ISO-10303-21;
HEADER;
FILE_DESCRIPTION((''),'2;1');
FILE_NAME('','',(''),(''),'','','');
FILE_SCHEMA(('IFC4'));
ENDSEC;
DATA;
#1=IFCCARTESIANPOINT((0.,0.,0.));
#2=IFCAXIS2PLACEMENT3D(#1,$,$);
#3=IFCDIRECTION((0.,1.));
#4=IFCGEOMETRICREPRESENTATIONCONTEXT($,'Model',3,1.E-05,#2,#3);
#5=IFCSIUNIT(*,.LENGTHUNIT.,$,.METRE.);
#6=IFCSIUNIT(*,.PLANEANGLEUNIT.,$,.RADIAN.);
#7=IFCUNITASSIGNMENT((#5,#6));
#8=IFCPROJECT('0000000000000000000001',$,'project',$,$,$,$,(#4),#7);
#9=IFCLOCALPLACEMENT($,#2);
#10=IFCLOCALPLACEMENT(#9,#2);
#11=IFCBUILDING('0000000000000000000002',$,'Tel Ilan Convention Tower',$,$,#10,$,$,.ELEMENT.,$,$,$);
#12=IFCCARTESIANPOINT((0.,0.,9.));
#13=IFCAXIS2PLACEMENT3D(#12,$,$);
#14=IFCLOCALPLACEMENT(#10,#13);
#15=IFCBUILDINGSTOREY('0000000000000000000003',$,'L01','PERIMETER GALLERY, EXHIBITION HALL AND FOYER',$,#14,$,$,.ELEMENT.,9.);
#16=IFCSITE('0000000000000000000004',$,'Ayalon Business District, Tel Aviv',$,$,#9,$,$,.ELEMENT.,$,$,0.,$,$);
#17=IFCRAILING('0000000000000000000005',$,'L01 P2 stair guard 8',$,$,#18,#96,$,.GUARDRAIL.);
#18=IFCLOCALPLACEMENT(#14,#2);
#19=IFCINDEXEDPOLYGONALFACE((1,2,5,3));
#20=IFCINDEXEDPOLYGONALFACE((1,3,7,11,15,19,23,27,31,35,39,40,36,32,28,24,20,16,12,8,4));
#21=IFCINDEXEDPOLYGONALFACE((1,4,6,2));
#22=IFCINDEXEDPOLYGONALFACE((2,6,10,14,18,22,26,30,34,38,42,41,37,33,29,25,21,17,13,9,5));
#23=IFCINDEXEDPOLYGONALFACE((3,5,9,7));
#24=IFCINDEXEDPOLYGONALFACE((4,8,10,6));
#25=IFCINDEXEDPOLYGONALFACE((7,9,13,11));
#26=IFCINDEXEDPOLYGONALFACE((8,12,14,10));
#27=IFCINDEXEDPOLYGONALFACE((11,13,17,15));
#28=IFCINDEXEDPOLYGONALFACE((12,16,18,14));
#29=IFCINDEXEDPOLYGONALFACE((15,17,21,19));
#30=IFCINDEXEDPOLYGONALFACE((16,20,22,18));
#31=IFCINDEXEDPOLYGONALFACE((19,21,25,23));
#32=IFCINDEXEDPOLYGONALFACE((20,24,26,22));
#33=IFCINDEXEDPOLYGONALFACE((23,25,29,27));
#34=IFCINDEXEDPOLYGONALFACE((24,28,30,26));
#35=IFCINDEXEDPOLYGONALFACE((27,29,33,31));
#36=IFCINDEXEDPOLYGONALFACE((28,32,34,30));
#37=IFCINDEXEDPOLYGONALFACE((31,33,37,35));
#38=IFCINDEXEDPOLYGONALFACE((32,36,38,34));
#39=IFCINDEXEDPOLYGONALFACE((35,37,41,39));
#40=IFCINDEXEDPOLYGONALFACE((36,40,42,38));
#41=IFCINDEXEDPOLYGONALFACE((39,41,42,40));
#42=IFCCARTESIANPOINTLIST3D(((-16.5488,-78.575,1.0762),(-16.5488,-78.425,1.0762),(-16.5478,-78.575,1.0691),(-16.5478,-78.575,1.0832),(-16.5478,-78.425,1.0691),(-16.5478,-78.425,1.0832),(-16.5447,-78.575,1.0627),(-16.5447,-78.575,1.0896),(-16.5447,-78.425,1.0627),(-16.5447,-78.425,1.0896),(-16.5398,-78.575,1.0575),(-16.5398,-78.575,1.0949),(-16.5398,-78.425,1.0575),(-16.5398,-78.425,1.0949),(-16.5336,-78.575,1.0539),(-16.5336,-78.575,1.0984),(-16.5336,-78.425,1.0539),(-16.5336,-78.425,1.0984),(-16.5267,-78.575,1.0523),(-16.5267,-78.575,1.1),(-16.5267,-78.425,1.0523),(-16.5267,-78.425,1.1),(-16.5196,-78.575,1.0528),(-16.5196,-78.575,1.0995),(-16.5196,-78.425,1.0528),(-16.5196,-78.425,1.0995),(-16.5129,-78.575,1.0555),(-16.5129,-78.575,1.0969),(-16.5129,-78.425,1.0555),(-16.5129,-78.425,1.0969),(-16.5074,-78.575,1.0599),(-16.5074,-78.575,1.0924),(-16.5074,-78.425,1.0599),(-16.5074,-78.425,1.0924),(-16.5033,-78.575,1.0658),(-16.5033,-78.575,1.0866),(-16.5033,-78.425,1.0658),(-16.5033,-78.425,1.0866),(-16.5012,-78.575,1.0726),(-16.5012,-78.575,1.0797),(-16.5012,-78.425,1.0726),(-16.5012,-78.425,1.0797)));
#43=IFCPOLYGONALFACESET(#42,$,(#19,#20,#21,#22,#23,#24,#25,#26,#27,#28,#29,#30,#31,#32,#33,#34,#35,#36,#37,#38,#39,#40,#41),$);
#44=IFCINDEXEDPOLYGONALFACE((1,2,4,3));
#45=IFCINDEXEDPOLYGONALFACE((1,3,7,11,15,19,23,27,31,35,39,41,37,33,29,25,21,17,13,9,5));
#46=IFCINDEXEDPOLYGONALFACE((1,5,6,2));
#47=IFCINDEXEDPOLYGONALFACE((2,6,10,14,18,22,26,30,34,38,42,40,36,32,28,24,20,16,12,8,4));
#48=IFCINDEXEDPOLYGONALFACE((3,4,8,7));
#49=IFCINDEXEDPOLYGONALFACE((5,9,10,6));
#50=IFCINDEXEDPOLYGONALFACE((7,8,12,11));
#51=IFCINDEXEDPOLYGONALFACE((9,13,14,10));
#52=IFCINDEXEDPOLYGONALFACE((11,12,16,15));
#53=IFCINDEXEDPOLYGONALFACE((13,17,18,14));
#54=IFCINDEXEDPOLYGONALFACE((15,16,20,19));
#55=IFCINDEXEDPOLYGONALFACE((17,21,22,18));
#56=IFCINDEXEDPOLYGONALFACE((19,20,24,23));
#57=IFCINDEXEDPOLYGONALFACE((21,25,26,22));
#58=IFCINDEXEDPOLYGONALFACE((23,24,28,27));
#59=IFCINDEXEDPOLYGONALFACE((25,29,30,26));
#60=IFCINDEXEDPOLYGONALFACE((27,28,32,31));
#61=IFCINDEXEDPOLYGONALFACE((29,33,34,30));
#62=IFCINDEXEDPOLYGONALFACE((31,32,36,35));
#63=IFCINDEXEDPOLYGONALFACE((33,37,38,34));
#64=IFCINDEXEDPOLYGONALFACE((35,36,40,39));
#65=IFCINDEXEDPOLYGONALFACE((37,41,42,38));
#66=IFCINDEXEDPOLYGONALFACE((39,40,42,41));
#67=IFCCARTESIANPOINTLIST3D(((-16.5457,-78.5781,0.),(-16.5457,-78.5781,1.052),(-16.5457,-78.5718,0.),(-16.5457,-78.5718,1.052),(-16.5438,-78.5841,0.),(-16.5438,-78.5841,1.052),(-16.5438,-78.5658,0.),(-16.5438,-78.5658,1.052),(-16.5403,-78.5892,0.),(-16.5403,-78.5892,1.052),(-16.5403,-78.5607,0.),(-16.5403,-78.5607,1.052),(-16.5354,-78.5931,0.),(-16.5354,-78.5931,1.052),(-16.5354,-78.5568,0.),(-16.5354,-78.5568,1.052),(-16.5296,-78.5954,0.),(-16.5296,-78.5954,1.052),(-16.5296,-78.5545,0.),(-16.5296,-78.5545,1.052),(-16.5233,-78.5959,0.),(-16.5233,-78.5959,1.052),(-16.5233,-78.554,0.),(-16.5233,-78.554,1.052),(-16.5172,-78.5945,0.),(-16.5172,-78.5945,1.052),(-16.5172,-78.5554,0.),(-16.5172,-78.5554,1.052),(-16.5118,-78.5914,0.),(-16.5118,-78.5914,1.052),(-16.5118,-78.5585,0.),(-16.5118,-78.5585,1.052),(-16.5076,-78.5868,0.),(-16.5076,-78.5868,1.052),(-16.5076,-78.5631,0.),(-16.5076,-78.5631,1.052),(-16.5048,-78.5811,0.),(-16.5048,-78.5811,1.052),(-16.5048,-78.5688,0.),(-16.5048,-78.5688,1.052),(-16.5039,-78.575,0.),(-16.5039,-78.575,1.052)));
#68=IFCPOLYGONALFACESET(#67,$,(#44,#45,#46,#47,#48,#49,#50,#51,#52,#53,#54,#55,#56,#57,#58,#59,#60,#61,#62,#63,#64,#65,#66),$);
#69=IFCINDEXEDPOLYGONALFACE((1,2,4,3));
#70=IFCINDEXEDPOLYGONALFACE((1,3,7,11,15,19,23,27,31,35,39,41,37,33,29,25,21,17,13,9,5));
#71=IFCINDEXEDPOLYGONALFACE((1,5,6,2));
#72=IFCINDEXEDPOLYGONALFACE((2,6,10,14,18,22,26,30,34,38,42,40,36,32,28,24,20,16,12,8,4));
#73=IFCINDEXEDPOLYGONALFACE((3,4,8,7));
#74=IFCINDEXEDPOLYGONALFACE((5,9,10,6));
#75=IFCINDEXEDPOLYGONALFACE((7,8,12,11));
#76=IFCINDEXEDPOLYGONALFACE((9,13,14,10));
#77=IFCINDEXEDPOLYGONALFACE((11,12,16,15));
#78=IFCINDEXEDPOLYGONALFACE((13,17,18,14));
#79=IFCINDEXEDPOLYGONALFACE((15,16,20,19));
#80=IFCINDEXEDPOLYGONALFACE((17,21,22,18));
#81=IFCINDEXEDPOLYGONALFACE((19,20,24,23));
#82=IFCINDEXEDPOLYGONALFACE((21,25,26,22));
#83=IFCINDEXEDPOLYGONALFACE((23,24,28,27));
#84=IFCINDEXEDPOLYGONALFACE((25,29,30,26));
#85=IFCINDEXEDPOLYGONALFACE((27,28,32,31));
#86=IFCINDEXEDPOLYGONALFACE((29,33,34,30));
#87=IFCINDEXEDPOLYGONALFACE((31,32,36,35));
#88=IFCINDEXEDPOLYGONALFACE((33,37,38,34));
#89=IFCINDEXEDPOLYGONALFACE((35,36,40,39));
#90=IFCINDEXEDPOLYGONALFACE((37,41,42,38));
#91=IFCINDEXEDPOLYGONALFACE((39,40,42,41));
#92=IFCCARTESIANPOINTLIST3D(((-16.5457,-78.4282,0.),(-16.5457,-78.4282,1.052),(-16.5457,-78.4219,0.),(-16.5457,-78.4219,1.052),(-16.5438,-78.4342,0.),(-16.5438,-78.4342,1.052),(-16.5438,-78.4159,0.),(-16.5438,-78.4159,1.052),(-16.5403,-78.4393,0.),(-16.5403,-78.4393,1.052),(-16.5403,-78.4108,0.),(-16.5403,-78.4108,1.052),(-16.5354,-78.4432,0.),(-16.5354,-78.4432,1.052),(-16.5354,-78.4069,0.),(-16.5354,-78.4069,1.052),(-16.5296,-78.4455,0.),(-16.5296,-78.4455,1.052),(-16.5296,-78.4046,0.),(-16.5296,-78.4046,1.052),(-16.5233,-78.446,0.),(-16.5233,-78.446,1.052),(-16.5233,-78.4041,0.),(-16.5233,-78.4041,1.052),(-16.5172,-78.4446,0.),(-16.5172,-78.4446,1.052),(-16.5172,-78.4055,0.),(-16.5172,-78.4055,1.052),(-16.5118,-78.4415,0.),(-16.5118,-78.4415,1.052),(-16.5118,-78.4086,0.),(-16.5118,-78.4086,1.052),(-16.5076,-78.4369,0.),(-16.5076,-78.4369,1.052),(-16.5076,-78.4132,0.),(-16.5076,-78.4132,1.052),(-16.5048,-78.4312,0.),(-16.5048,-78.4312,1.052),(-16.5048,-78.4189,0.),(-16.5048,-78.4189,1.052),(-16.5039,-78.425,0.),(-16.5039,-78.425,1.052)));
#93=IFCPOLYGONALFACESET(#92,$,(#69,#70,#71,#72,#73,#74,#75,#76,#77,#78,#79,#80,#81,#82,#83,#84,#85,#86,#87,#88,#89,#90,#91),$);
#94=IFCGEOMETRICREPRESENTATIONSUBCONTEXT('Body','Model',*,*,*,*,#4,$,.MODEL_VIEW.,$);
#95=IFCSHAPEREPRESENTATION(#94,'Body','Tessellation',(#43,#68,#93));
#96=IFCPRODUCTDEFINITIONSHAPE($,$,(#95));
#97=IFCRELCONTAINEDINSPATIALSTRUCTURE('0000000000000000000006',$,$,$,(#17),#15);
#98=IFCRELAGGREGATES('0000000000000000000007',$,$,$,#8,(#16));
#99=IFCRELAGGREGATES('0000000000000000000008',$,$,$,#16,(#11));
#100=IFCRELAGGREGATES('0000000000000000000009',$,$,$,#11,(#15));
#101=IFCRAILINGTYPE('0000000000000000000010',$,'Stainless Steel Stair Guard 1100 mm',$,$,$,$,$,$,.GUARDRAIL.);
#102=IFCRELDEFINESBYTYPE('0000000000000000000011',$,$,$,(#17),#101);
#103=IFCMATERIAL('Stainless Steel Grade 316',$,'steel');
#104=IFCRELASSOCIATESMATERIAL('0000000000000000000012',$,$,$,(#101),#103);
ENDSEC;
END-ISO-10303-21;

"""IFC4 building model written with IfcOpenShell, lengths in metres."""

from ifc_helpers import new_model, si_unit, direction, frame, origin, origin_2d, place, context, subcontext, project, spatial, circle, extrude, material, type_object, element, save


model = new_model("IFC4")

# Units and contexts
model_context = context("Model", 3, precision=1e-05, world=origin(), true_north=direction((0.0, 1.0)))
body_context = subcontext(model_context, "Body", "Model", "MODEL_VIEW")
ifc_project = project(units=[si_unit("LENGTHUNIT", "METRE"), si_unit("PLANEANGLEUNIT", "RADIAN")], contexts=[model_context])

# Site, building, storey
site_placement = place(None, origin())
site = spatial("IfcSite", under=ifc_project, at=site_placement, Name="Ayalon Business District, Tel Aviv", CompositionType="ELEMENT", RefElevation=0.0)
building_placement = place(site_placement, origin())
building = spatial("IfcBuilding", under=site, at=building_placement, Name="Tel Ilan Convention Tower", CompositionType="ELEMENT")
storey_placement = place(building_placement, frame((0.0, 0.0, 9.0)))
storey = spatial("IfcBuildingStorey", under=building, at=storey_placement, Name="L01", Description="PERIMETER GALLERY, EXHIBITION HALL AND FOYER", CompositionType="ELEMENT", Elevation=9.0)

# Railing
ifc_material_1 = material(Name="Stainless Steel Grade 316", Category="steel")
railing_type_1 = type_object("IfcRailingType", Name="Stainless Steel Stair Guard 1100 mm", PredefinedType="GUARDRAIL", material=ifc_material_1)
railing_1_placement = place(storey_placement, frame((-16.5249, -78.575, 0.0)))
element("IfcRailing", 1, at=railing_1_placement, inside=storey, type_object=railing_type_1, Name="L01 P2 stair guard 8", PredefinedType="GUARDRAIL", context=body_context, shape_type="SweptSolid", body=[
    extrude(circle(Radius=0.0239, at=origin_2d()), frame((0.0, 0.0, 1.0762), z_axis=(0.0, 1.0, 0.0), x_axis=(-1.0, 0.0, 0.0)), (0.0, 0.0, 1.0), 0.1499),
    extrude(circle(Radius=0.021, at=origin_2d()), origin(), (0.0, 0.0, 1.0), 1.052),
    extrude(circle(Radius=0.021, at=origin_2d()), frame((0.0, 0.1499, 0.0)), (0.0, 0.0, 1.0), 1.052),
])

save(model, "model.ifc")
